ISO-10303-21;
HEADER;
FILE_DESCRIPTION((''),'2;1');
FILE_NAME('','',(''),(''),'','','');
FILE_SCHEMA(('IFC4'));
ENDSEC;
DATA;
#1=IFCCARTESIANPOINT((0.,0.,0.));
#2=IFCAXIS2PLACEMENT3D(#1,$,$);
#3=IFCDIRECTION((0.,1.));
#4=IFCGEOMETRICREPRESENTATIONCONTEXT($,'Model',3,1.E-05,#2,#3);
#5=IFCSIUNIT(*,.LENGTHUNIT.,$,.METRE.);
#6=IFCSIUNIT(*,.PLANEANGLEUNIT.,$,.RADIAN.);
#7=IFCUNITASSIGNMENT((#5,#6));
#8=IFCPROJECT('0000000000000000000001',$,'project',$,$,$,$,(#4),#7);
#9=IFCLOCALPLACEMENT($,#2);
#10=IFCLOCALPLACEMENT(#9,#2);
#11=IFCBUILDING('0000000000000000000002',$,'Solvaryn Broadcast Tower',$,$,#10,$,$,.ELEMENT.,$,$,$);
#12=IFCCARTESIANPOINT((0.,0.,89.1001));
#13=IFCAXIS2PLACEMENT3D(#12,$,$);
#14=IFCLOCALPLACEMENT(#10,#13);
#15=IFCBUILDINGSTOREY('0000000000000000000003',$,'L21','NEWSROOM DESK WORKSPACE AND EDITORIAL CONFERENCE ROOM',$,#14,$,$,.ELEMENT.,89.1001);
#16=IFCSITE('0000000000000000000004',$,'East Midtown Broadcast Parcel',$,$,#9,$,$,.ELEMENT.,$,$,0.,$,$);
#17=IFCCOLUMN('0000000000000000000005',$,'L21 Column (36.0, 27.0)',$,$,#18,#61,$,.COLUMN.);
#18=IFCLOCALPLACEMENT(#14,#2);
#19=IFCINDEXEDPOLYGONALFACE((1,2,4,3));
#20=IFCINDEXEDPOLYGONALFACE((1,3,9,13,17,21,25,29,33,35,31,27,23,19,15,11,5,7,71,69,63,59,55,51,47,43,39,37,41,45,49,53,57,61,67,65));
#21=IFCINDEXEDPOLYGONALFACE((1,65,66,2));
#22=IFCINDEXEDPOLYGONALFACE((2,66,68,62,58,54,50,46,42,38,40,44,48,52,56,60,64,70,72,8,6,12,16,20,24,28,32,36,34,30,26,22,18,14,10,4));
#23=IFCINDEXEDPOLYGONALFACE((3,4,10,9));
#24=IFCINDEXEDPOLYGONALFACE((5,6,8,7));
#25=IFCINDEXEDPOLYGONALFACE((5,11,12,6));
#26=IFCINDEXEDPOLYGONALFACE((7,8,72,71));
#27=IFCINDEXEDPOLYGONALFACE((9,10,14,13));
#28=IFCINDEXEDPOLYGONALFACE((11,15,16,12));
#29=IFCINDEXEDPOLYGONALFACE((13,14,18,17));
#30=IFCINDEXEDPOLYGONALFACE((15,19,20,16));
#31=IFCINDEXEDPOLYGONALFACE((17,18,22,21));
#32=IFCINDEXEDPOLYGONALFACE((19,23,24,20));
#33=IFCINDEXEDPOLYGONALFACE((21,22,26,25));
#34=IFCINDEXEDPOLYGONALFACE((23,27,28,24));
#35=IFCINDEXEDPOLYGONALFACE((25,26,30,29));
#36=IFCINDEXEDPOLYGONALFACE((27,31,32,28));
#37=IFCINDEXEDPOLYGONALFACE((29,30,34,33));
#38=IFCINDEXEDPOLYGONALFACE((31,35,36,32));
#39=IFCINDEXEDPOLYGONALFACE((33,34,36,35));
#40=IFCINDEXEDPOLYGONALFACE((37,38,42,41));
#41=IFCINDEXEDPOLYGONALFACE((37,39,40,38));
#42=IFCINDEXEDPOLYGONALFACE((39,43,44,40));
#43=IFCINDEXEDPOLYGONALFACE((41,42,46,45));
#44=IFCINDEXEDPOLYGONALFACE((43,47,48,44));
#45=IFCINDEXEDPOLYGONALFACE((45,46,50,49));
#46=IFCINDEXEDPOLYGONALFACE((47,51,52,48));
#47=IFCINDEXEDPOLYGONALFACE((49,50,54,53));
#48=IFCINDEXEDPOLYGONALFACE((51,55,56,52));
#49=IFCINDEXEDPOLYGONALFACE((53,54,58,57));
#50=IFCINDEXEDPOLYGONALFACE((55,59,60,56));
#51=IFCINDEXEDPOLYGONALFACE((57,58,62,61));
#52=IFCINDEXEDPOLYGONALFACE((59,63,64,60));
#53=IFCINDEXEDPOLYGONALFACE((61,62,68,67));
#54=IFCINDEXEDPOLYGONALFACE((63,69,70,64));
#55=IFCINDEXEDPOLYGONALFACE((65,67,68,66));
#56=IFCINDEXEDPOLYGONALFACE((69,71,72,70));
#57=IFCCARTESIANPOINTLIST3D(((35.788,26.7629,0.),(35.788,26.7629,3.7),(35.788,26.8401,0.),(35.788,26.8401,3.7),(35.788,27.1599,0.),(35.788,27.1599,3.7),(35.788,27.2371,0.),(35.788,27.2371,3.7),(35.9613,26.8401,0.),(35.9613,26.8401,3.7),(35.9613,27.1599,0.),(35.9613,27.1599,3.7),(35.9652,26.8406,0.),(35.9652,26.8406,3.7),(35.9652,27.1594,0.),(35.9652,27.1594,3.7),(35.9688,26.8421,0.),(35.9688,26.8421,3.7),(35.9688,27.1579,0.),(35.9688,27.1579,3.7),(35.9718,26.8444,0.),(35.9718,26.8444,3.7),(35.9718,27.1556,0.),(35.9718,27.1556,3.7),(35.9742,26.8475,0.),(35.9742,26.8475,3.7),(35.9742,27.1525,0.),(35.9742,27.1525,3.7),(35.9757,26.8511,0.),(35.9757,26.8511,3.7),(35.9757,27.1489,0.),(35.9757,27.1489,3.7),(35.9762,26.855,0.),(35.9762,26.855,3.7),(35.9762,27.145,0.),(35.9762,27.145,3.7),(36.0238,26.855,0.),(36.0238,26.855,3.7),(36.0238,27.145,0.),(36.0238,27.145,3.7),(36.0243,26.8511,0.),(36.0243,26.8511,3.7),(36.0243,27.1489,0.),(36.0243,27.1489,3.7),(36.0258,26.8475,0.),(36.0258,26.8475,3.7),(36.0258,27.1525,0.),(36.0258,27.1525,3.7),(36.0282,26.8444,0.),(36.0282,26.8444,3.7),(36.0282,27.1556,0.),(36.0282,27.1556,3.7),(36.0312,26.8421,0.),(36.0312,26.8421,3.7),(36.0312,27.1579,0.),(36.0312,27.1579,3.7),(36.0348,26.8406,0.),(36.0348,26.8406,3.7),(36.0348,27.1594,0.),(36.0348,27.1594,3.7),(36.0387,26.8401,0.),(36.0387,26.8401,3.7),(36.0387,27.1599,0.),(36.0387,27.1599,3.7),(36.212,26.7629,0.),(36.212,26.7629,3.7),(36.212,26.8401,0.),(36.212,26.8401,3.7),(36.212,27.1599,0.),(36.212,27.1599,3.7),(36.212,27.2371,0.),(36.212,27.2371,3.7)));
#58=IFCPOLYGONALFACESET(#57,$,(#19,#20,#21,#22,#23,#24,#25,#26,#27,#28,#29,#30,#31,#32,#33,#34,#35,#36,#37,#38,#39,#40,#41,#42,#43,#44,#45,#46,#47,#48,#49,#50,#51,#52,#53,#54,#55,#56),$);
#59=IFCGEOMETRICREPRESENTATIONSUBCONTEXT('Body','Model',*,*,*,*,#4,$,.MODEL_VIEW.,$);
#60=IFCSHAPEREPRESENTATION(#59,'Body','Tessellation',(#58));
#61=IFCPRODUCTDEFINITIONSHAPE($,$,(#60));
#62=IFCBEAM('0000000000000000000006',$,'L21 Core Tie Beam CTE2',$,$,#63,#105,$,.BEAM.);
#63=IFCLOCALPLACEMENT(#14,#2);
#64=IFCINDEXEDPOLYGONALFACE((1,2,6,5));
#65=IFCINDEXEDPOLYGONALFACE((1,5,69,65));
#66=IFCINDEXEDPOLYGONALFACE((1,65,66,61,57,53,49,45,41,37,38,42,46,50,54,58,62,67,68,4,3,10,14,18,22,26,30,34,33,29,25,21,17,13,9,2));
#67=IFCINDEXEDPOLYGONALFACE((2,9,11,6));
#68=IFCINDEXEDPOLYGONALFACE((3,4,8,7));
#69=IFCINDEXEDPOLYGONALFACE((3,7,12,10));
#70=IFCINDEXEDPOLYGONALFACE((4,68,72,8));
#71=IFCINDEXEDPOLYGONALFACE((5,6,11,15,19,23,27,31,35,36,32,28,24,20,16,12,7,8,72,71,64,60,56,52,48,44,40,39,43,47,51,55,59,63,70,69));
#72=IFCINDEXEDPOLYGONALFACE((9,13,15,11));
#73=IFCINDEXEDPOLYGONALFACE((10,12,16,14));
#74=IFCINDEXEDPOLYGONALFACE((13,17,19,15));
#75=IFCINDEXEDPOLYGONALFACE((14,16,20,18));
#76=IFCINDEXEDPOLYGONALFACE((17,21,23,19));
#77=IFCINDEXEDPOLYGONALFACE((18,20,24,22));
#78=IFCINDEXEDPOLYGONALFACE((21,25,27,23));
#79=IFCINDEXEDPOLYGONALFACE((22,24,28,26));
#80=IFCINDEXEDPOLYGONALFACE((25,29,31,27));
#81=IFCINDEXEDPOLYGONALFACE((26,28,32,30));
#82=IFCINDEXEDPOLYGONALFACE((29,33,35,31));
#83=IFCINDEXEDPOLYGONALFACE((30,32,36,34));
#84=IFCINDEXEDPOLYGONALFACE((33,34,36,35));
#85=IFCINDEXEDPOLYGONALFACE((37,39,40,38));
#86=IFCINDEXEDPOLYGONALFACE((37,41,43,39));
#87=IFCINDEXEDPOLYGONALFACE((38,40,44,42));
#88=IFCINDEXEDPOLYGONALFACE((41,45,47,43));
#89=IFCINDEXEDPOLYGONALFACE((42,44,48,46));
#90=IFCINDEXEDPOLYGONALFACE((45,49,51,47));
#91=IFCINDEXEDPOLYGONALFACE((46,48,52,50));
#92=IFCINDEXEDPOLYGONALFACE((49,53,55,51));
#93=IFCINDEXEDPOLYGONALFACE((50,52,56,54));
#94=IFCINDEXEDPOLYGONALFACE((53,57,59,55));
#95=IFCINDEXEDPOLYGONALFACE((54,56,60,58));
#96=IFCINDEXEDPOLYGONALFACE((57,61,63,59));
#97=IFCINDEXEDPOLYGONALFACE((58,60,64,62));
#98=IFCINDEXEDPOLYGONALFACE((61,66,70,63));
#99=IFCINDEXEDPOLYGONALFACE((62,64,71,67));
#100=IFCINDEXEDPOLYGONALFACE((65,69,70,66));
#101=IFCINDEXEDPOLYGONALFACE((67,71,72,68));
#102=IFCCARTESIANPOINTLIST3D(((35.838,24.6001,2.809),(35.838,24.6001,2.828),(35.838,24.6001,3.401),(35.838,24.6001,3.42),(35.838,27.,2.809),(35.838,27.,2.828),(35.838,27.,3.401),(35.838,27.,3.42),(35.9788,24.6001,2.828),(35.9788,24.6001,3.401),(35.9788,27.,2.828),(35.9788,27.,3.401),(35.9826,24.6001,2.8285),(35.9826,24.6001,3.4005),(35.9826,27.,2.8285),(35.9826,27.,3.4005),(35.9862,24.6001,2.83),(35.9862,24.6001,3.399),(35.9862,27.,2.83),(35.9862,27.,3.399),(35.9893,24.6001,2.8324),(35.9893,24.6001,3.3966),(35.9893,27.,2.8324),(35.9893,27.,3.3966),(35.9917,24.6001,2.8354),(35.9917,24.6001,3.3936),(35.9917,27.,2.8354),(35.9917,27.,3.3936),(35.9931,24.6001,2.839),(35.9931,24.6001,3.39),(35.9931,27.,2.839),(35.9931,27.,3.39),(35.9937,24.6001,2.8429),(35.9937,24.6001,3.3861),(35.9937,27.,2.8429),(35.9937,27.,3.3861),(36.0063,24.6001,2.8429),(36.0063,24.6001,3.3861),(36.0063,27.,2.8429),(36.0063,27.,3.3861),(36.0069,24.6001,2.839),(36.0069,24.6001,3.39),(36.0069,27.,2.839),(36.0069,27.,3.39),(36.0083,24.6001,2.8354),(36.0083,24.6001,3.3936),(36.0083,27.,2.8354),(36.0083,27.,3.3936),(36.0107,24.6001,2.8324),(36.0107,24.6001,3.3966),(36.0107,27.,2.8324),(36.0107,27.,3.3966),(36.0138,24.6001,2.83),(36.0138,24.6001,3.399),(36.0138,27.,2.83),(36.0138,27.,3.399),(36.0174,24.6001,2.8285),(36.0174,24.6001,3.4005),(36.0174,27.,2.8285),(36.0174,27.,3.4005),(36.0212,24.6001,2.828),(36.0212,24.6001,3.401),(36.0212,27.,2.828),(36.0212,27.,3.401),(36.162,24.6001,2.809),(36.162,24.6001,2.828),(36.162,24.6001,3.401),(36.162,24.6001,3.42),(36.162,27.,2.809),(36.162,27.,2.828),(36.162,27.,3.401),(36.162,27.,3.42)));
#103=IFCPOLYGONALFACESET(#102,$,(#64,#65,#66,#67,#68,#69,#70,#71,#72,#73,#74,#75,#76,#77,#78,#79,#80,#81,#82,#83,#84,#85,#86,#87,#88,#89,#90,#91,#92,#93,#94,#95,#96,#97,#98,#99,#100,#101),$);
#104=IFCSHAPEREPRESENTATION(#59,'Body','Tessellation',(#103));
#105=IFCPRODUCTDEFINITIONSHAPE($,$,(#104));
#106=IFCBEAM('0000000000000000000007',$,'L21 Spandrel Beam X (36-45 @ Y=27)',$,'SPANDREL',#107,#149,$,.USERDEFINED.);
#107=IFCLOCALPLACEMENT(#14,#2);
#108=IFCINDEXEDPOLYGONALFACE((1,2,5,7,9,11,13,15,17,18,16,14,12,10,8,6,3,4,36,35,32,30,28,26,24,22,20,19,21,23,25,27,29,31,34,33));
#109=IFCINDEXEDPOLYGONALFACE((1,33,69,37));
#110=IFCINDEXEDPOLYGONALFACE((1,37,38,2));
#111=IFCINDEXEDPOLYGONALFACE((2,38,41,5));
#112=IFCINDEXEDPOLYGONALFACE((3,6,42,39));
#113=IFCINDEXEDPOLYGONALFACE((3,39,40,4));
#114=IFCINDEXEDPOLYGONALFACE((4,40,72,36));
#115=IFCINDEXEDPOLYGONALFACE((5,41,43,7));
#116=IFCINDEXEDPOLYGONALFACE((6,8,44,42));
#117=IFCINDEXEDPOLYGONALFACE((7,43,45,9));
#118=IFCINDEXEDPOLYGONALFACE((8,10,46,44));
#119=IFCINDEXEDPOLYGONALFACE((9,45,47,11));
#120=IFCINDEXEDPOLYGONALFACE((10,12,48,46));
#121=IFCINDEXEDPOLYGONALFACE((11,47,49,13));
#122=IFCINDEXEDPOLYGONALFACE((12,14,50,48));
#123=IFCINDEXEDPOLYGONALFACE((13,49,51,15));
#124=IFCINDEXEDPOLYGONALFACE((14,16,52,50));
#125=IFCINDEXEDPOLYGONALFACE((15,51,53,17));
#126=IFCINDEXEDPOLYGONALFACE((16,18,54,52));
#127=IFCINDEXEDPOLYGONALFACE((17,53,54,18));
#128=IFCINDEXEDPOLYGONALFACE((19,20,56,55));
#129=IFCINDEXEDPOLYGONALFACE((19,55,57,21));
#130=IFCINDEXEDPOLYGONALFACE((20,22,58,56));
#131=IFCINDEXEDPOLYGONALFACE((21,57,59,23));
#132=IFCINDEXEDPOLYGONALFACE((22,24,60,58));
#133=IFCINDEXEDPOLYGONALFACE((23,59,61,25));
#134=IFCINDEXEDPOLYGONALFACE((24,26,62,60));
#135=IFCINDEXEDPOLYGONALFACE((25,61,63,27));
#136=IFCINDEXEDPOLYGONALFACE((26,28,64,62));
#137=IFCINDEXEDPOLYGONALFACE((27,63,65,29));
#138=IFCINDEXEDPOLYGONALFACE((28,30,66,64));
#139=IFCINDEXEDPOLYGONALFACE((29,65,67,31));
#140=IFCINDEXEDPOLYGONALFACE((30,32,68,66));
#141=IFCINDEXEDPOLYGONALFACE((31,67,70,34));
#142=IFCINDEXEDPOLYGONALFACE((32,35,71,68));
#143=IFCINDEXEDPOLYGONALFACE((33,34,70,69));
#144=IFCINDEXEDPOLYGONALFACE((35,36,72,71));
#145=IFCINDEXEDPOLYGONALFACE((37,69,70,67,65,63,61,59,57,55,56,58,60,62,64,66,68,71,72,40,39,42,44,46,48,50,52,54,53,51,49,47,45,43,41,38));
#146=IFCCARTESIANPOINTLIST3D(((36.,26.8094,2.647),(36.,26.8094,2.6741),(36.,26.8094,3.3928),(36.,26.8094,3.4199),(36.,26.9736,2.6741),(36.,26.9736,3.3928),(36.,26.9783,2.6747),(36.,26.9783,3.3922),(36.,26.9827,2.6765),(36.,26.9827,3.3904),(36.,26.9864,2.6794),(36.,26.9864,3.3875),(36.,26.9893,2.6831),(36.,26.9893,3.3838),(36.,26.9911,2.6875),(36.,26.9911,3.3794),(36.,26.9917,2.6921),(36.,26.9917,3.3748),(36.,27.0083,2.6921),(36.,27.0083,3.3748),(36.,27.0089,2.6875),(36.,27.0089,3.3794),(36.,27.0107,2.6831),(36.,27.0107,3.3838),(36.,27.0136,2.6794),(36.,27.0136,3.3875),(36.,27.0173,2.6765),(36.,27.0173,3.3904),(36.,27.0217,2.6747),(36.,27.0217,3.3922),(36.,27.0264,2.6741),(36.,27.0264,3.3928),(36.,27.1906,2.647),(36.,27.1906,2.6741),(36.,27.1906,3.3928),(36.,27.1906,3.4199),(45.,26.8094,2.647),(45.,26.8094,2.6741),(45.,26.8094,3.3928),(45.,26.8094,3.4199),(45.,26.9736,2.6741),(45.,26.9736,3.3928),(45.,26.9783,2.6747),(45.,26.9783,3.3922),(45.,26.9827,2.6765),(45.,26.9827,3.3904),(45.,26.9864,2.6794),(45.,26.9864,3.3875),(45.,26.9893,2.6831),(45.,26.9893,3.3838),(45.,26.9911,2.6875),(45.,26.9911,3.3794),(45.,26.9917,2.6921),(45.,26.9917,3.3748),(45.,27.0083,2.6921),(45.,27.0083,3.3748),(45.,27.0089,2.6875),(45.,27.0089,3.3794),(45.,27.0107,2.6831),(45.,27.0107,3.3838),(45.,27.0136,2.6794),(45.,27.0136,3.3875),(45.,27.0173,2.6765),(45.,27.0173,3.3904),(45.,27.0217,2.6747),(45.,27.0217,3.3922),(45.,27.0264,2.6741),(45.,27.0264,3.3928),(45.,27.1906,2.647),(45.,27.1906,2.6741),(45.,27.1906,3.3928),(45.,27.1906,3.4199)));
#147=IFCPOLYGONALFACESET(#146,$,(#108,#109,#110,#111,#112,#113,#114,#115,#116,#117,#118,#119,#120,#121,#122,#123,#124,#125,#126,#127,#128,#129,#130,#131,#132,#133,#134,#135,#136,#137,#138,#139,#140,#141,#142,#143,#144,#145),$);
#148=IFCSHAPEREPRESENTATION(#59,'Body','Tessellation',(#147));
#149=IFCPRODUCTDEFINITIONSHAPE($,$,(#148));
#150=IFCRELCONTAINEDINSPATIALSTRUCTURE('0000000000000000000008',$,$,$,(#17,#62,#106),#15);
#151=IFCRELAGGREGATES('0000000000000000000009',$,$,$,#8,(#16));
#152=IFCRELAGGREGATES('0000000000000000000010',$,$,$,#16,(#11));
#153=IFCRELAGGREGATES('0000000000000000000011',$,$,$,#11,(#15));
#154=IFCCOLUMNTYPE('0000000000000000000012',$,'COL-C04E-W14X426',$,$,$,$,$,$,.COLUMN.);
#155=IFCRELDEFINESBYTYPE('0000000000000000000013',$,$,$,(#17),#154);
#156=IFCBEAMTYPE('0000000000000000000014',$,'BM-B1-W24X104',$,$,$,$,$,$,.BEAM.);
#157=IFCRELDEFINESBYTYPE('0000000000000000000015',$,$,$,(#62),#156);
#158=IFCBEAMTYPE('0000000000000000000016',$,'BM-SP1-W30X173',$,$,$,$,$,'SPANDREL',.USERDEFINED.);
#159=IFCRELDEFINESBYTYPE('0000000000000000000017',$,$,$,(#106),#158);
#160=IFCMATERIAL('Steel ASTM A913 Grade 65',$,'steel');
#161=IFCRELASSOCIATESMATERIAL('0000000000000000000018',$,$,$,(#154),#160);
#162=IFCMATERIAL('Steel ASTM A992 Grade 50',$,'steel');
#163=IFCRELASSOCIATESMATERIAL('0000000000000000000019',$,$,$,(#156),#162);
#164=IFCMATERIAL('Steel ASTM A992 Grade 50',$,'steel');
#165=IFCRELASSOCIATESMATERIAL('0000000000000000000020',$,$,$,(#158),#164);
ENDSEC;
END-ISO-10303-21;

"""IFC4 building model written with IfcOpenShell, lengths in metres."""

from ifc_helpers import new_model, si_unit, direction, frame, origin, origin_2d, place, context, subcontext, project, spatial, i_section, extrude, material, material_profile, profile_set, type_object, element, save


model = new_model("IFC4")

# Units and contexts
model_context = context("Model", 3, precision=1e-05, world=origin(), true_north=direction((0.0, 1.0)))
body_context = subcontext(model_context, "Body", "Model", "MODEL_VIEW")
ifc_project = project(units=[si_unit("LENGTHUNIT", "METRE"), si_unit("PLANEANGLEUNIT", "RADIAN")], contexts=[model_context])

# Site, building, storey
site_placement = place(None, origin())
site = spatial("IfcSite", under=ifc_project, at=site_placement, Name="East Midtown Broadcast Parcel", CompositionType="ELEMENT", RefElevation=0.0)
building_placement = place(site_placement, origin())
building = spatial("IfcBuilding", under=site, at=building_placement, Name="Solvaryn Broadcast Tower", CompositionType="ELEMENT")
storey_placement = place(building_placement, frame((0.0, 0.0, 89.1001)))
storey = spatial("IfcBuildingStorey", under=building, at=storey_placement, Name="L21", Description="NEWSROOM DESK WORKSPACE AND EDITORIAL CONFERENCE ROOM", CompositionType="ELEMENT", Elevation=89.1001)

# Column
ifc_material_1 = material(Name="Steel ASTM A913 Grade 65", Category="steel")
ifc_material_profile_1 = material_profile(ifc_material_1, i_section(OverallWidth=0.4241, OverallDepth=0.4741, WebThickness=0.0476, FlangeThickness=0.0771, FilletRadius=0.0149, at=origin_2d()))
ifc_profile_set_1 = profile_set([ifc_material_profile_1], Name="Steel ASTM A913 Grade 65")
column_type = type_object("IfcColumnType", Name="COL-C04E-W14X426", PredefinedType="COLUMN", material=ifc_profile_set_1)
column_placement = place(storey_placement, frame((36.0, 27.0, 0.0), z_axis=(0.0, 0.0, 1.0), x_axis=(1.0, 0.0, 0.0)))
element("IfcColumn", 1, at=column_placement, inside=storey, type_object=column_type, Name="L21 Column (36.0, 27.0)", PredefinedType="COLUMN", context=body_context, shape_type="SweptSolid", body=[
    extrude(i_section(OverallWidth=0.4241, OverallDepth=0.4741, WebThickness=0.0476, FlangeThickness=0.0771, FilletRadius=0.0149, at=origin_2d()), origin(), (0.0, 0.0, 1.0), 3.7),
])

# Beams
ifc_material_2 = material(Name="Steel ASTM A992 Grade 50", Category="steel")
ifc_material_profile_2 = material_profile(ifc_material_2, i_section(OverallWidth=0.324, OverallDepth=0.6111, WebThickness=0.0127, FlangeThickness=0.019, FilletRadius=0.0149, at=origin_2d()))
ifc_profile_set_2 = profile_set([ifc_material_profile_2], Name="Steel ASTM A992 Grade 50")
beam_type_1 = type_object("IfcBeamType", Name="BM-B1-W24X104", PredefinedType="BEAM", material=ifc_profile_set_2)
beam_1_placement = place(storey_placement, frame((36.0, 24.6001, 3.1145), z_axis=(0.0, 1.0, 0.0), x_axis=(-1.0, 0.0, 0.0)))
element("IfcBeam", 2, at=beam_1_placement, inside=storey, type_object=beam_type_1, Name="L21 Core Tie Beam CTE2", PredefinedType="BEAM", context=body_context, shape_type="SweptSolid", body=[
    extrude(i_section(OverallWidth=0.324, OverallDepth=0.6111, WebThickness=0.0127, FlangeThickness=0.019, FilletRadius=0.0149, at=origin_2d()), origin(), (0.0, 0.0, 1.0), 2.3999),
])
ifc_material_3 = material(Name="Steel ASTM A992 Grade 50", Category="steel")
ifc_material_profile_3 = material_profile(ifc_material_3, i_section(OverallWidth=0.3811, OverallDepth=0.7729, WebThickness=0.0166, FlangeThickness=0.0271, FilletRadius=0.0181, at=origin_2d()))
ifc_profile_set_3 = profile_set([ifc_material_profile_3], Name="Steel ASTM A992 Grade 50")
beam_type_2 = type_object("IfcBeamType", Name="BM-SP1-W30X173", ElementType="SPANDREL", PredefinedType="USERDEFINED", material=ifc_profile_set_3)
beam_2_placement = place(storey_placement, frame((36.0, 27.0, 3.0334), z_axis=(1.0, 0.0, 0.0), x_axis=(0.0, 1.0, 0.0)))
element("IfcBeam", 3, at=beam_2_placement, inside=storey, type_object=beam_type_2, Name="L21 Spandrel Beam X (36-45 @ Y=27)", ObjectType="SPANDREL", PredefinedType="USERDEFINED", context=body_context, shape_type="SweptSolid", body=[
    extrude(i_section(OverallWidth=0.3811, OverallDepth=0.7729, WebThickness=0.0166, FlangeThickness=0.0271, FilletRadius=0.0181, at=origin_2d()), origin(), (0.0, 0.0, 1.0), 9.0),
])

save(model, "model.ifc")
